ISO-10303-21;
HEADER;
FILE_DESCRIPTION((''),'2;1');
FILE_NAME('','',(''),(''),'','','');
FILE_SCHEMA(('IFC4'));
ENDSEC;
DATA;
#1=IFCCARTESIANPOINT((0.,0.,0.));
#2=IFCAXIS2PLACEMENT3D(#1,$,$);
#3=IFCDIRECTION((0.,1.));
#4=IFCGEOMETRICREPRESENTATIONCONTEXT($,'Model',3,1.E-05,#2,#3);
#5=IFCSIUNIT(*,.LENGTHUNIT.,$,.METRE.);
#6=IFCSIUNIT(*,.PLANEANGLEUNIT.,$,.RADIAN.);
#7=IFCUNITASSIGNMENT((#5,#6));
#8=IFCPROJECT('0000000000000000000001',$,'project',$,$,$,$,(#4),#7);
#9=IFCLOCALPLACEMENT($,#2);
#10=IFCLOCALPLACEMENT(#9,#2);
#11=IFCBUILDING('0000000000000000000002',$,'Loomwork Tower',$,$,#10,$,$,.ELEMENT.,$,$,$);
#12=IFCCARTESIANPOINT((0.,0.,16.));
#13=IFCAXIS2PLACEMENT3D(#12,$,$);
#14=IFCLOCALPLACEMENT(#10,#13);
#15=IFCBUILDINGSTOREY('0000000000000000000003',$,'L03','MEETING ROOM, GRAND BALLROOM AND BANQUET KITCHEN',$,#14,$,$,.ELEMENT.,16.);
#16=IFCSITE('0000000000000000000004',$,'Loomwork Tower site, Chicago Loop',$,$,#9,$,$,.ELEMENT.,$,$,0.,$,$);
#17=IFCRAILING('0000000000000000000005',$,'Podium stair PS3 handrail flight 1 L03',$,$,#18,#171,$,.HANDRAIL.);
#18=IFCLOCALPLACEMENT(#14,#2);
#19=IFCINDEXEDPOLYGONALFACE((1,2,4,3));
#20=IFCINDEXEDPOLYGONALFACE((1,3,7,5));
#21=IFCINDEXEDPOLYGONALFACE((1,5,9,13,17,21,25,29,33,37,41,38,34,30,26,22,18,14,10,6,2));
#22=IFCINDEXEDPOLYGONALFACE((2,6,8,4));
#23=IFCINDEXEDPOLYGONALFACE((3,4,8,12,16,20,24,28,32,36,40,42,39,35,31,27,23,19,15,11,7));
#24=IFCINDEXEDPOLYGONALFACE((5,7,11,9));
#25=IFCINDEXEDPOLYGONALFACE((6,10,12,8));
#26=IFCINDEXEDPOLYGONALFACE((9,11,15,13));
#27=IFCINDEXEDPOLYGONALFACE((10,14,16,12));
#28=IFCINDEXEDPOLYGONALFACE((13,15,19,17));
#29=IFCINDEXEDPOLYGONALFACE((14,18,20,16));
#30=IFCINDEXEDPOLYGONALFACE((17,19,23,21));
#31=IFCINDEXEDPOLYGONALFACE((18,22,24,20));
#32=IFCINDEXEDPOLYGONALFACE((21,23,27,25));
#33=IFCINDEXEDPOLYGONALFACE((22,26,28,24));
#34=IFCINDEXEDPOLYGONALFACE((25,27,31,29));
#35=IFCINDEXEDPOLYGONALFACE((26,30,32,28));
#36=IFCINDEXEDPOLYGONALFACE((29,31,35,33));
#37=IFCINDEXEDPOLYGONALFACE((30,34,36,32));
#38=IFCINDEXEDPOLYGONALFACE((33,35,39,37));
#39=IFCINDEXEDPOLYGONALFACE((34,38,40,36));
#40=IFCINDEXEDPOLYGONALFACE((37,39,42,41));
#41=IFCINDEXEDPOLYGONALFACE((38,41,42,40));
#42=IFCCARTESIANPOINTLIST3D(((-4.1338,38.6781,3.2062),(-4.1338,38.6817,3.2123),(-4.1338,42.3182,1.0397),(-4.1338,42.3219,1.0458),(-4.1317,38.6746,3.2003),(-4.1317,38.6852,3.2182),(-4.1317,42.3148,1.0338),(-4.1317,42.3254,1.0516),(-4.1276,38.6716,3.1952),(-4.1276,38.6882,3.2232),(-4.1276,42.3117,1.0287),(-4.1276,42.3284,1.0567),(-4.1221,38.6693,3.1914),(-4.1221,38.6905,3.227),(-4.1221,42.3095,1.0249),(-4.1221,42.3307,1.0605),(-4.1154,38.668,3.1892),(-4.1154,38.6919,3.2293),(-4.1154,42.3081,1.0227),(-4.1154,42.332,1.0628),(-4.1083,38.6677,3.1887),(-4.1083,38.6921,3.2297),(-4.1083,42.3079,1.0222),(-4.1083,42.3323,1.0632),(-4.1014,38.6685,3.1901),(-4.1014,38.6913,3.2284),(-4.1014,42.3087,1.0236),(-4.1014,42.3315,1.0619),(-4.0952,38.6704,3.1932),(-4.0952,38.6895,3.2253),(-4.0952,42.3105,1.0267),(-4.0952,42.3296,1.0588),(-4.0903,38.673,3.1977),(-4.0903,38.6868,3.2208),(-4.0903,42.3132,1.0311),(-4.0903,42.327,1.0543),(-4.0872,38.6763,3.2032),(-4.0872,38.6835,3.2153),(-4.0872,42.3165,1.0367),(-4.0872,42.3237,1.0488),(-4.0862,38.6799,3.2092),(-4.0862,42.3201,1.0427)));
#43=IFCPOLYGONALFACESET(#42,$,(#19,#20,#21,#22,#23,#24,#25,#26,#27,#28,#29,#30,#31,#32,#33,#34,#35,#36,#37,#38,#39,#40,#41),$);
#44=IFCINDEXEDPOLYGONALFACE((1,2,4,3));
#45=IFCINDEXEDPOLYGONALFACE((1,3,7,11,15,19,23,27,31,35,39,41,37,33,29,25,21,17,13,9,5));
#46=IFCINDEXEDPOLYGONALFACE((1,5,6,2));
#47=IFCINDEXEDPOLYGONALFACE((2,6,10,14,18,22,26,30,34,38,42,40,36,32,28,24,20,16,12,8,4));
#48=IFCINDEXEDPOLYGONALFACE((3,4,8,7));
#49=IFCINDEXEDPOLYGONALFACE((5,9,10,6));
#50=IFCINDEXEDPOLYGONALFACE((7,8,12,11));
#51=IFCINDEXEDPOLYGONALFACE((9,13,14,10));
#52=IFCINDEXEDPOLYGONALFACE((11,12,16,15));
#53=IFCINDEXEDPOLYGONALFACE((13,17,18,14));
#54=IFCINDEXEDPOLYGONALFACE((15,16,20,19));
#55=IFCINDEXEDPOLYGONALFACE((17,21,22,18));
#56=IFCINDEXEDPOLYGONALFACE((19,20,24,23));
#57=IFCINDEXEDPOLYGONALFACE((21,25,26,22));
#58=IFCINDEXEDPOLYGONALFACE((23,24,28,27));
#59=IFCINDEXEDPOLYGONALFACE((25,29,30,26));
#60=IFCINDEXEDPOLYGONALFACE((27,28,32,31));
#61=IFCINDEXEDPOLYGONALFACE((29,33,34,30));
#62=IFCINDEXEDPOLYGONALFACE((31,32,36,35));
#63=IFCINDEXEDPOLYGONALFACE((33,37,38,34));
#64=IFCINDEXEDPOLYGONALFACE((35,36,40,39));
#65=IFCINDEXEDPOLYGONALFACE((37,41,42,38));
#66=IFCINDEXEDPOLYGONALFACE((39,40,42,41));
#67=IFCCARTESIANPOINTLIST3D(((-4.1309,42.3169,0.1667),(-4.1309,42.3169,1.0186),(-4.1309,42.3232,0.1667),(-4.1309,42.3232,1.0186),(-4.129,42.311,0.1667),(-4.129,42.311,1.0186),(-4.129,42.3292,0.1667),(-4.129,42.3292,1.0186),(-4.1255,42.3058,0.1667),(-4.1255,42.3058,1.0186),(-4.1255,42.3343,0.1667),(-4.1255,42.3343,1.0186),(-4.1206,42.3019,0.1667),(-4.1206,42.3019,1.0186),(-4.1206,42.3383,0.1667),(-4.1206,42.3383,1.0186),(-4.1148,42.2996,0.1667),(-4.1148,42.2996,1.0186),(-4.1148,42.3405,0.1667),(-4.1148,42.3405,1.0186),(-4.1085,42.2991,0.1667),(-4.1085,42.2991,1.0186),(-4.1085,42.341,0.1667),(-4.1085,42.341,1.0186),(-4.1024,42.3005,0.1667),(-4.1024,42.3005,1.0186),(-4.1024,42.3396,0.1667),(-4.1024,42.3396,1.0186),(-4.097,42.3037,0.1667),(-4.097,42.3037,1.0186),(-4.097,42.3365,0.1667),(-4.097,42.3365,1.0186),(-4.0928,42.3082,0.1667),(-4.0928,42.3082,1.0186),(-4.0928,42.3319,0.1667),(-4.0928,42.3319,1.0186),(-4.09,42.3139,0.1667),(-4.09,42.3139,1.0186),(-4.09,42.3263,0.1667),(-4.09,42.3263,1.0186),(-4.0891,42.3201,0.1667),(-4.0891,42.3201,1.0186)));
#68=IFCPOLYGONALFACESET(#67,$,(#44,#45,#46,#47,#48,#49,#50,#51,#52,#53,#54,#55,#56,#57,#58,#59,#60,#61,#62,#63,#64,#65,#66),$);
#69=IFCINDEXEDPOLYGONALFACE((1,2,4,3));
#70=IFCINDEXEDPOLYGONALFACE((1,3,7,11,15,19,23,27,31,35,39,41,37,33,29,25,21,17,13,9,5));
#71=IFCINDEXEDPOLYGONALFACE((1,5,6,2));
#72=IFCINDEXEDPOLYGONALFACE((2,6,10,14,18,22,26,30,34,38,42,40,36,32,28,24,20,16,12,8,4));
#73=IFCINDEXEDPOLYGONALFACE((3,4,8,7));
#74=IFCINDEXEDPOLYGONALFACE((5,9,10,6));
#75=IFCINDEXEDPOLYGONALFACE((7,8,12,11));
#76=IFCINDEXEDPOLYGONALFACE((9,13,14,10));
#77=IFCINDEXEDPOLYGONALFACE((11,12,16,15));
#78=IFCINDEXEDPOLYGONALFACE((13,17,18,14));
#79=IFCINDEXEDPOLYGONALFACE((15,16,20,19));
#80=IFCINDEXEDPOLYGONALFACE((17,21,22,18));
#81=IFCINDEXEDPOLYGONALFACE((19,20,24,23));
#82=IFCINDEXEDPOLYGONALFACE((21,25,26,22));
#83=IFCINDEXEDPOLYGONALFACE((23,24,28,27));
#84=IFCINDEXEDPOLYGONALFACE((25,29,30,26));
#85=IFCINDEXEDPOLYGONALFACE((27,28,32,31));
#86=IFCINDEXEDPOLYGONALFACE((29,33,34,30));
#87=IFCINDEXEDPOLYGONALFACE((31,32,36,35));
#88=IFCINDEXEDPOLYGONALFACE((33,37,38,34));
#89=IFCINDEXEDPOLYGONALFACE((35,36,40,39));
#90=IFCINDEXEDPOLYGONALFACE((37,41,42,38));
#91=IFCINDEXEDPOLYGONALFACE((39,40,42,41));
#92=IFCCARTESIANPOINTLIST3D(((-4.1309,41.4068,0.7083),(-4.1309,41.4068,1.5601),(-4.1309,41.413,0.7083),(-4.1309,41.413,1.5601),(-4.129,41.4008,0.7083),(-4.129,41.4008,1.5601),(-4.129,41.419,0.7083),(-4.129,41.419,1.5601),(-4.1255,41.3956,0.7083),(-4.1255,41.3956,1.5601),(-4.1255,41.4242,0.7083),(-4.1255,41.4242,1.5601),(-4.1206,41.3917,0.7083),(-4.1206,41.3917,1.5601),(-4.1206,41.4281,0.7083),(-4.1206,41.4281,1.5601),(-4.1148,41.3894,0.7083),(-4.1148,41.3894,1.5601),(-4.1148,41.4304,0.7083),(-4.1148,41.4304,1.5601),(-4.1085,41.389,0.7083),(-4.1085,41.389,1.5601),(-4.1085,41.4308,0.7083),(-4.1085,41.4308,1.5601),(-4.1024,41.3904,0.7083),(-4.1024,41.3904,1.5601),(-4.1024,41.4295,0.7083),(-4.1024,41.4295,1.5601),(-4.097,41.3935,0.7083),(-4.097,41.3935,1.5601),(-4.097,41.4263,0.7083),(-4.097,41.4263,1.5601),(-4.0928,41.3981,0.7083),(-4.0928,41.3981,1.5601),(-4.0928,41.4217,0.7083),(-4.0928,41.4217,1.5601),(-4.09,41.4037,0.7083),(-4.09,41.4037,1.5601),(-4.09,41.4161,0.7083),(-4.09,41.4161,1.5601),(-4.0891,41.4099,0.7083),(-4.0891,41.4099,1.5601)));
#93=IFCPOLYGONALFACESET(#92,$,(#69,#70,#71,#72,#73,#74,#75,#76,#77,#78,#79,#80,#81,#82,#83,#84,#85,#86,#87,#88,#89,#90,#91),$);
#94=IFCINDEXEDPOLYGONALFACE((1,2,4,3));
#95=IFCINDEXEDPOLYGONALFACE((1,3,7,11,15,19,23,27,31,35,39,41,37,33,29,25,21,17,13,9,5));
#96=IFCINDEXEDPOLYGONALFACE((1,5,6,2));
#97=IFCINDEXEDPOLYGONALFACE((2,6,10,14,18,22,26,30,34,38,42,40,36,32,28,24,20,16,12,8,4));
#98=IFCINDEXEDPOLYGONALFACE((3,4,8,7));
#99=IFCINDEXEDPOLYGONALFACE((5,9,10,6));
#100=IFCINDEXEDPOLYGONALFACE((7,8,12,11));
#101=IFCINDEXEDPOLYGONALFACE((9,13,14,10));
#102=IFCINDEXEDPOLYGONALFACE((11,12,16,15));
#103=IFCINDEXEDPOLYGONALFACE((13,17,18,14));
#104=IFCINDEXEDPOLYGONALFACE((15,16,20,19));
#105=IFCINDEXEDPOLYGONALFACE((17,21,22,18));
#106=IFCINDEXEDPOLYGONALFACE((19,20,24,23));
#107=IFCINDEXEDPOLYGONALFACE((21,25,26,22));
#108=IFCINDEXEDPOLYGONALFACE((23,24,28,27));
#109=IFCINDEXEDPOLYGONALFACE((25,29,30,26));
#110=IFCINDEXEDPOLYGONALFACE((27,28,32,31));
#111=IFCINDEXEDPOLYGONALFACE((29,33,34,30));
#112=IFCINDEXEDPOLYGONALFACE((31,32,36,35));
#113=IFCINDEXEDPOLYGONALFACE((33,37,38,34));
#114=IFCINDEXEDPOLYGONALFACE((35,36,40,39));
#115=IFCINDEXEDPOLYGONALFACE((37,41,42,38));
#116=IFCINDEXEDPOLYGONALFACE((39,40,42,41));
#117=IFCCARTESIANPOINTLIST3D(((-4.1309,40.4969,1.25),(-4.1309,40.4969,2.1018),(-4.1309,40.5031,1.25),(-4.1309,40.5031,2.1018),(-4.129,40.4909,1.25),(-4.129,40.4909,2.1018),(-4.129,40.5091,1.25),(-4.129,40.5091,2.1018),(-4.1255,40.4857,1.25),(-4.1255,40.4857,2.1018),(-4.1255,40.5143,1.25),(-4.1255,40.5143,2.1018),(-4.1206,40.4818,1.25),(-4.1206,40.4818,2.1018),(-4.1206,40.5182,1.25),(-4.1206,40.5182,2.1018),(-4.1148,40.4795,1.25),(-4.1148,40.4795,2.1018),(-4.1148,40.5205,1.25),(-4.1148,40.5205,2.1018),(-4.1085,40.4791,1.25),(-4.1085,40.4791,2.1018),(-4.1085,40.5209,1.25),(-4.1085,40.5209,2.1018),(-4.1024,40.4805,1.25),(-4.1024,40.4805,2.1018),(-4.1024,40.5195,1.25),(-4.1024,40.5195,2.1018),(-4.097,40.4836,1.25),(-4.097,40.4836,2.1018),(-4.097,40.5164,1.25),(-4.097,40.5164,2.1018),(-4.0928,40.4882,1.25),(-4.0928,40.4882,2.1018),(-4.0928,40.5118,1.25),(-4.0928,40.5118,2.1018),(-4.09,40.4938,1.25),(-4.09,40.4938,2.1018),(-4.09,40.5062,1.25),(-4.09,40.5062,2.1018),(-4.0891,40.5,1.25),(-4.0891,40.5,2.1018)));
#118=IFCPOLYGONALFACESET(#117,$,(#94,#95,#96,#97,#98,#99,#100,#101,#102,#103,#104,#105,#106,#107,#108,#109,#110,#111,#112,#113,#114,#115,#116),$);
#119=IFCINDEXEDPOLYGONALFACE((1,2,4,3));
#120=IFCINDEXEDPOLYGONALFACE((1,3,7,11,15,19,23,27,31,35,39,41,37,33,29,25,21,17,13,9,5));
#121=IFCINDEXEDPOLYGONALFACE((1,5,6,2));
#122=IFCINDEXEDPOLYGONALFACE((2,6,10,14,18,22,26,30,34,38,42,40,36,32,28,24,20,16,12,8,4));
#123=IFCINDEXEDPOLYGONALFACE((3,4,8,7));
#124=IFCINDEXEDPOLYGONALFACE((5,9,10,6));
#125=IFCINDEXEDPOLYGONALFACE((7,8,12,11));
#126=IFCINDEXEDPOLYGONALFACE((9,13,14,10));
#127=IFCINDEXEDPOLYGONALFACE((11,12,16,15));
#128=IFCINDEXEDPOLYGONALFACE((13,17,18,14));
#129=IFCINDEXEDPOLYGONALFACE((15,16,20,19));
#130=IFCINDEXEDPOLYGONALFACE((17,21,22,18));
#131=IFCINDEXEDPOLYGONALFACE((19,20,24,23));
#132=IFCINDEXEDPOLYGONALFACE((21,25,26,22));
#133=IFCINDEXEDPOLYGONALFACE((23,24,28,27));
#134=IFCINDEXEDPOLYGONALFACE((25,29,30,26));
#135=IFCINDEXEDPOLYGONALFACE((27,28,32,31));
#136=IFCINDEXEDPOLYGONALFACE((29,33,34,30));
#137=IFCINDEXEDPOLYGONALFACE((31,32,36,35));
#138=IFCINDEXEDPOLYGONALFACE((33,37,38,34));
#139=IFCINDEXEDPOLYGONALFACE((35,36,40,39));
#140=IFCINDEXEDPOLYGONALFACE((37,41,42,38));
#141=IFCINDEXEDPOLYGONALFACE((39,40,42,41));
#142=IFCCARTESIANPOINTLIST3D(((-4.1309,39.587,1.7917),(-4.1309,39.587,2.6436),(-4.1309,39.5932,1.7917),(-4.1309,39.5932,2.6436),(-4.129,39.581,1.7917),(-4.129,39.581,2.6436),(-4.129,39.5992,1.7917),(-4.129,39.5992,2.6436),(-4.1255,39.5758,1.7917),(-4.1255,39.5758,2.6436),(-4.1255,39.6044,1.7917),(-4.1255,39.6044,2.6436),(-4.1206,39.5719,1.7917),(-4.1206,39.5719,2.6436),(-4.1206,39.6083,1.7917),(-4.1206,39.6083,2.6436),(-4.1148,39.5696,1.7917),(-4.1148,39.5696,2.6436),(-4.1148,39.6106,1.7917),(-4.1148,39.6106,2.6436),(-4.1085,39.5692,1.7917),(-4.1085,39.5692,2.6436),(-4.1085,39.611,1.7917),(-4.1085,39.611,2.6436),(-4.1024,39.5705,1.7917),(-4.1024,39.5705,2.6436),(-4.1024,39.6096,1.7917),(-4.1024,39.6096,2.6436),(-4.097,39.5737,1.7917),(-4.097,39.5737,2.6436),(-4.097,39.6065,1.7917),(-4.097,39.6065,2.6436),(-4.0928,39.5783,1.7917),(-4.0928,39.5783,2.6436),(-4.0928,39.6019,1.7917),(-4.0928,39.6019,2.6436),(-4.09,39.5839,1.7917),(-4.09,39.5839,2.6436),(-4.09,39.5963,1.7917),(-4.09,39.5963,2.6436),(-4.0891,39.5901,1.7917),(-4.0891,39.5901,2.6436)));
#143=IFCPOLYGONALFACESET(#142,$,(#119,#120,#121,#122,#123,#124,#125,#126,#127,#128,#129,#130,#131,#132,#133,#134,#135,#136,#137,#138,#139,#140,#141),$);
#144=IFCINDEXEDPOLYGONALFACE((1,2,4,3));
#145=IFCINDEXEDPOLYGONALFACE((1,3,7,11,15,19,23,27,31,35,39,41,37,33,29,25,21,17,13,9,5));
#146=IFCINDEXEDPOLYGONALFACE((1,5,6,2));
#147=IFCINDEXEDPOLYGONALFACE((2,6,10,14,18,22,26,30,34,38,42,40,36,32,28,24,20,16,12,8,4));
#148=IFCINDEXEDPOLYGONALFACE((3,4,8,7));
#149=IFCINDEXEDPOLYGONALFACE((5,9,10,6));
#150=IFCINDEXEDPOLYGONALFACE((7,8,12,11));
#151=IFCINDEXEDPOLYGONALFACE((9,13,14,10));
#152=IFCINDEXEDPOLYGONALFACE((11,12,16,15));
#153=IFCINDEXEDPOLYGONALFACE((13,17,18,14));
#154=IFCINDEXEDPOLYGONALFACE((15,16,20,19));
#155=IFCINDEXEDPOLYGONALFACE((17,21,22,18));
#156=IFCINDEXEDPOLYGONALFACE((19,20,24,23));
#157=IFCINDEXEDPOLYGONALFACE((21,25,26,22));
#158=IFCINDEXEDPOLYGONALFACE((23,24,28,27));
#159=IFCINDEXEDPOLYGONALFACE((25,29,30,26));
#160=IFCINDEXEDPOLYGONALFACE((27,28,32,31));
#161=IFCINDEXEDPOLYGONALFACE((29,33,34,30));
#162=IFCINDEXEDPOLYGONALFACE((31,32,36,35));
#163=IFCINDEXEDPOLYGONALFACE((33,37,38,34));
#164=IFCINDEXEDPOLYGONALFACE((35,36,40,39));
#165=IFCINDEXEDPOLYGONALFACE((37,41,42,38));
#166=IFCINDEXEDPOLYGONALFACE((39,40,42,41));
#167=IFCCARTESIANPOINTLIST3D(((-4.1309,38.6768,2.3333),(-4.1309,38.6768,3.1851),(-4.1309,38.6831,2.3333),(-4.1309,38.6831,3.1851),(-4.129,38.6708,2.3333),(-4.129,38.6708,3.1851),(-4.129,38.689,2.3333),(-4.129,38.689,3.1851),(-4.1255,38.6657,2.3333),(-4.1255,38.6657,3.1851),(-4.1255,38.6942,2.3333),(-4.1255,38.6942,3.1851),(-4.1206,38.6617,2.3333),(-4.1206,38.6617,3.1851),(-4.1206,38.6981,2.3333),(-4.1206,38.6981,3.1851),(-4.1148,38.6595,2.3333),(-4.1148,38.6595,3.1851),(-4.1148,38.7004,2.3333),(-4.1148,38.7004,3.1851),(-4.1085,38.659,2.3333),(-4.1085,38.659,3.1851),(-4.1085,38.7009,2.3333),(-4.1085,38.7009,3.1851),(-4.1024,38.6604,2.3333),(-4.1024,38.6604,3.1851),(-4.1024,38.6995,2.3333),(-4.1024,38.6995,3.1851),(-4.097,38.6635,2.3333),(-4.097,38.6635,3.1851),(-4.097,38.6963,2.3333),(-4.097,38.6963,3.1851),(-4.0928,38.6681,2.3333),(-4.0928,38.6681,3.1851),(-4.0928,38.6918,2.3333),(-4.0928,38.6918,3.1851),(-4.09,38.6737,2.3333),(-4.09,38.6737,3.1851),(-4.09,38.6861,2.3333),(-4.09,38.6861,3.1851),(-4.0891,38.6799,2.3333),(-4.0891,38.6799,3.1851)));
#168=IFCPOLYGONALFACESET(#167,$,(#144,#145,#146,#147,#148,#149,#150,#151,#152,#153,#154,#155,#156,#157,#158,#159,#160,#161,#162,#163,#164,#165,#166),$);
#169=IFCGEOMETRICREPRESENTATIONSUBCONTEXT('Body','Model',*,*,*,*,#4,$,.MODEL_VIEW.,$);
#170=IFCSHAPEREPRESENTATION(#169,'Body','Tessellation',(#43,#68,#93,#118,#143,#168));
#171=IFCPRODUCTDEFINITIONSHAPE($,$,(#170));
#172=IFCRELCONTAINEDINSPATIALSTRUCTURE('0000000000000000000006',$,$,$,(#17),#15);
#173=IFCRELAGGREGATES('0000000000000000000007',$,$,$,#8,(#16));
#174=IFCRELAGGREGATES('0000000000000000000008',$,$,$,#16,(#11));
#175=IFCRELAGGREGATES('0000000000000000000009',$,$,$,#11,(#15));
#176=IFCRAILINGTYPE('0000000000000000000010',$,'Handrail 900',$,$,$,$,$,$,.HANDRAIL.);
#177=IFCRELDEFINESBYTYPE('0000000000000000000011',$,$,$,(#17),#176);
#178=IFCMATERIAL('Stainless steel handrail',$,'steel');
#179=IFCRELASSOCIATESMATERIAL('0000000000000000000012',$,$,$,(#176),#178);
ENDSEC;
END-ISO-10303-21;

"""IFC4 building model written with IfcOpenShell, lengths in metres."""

from ifc_helpers import new_model, si_unit, direction, frame, origin, origin_2d, place, context, subcontext, project, spatial, circle, extrude, material, type_object, element, save


model = new_model("IFC4")

# Units and contexts
model_context = context("Model", 3, precision=1e-05, world=origin(), true_north=direction((0.0, 1.0)))
body_context = subcontext(model_context, "Body", "Model", "MODEL_VIEW")
ifc_project = project(units=[si_unit("LENGTHUNIT", "METRE"), si_unit("PLANEANGLEUNIT", "RADIAN")], contexts=[model_context])

# Site, building, storey
site_placement = place(None, origin())
site = spatial("IfcSite", under=ifc_project, at=site_placement, Name="Loomwork Tower site, Chicago Loop", CompositionType="ELEMENT", RefElevation=0.0)
building_placement = place(site_placement, origin())
building = spatial("IfcBuilding", under=site, at=building_placement, Name="Loomwork Tower", CompositionType="ELEMENT")
storey_placement = place(building_placement, frame((0.0, 0.0, 16.0)))
storey = spatial("IfcBuildingStorey", under=building, at=storey_placement, Name="L03", Description="MEETING ROOM, GRAND BALLROOM AND BANQUET KITCHEN", CompositionType="ELEMENT", Elevation=16.0)

# Railing
ifc_material_1 = material(Name="Stainless steel handrail", Category="steel")
railing_type = type_object("IfcRailingType", Name="Handrail 900", PredefinedType="HANDRAIL", material=ifc_material_1)
railing_1_placement = place(storey_placement, frame((-4.1101, 42.3201, 0.1667)))
element("IfcRailing", 1, at=railing_1_placement, inside=storey, type_object=railing_type, Name="Podium stair PS3 handrail flight 1 L03", PredefinedType="HANDRAIL", context=body_context, shape_type="SweptSolid", body=[
    extrude(circle(Radius=0.0239, at=origin_2d()), frame((0.0, 0.0, 0.876), z_axis=(0.0, -0.859318, 0.511441), x_axis=(1.0, 0.0, 0.0)), (0.0, 0.0, 1.0), 4.2361),
    extrude(circle(Radius=0.021, at=origin_2d()), origin(), (0.0, 0.0, 1.0), 0.8518),
    extrude(circle(Radius=0.021, at=origin_2d()), frame((0.0, -0.9102, 0.5415)), (0.0, 0.0, 1.0), 0.8518),
    extrude(circle(Radius=0.021, at=origin_2d()), frame((0.0, -1.8201, 1.0833)), (0.0, 0.0, 1.0), 0.8518),
    extrude(circle(Radius=0.021, at=origin_2d()), frame((0.0, -2.73, 1.625)), (0.0, 0.0, 1.0), 0.8518),
    extrude(circle(Radius=0.021, at=origin_2d()), frame((0.0, -3.6401, 2.1665)), (0.0, 0.0, 1.0), 0.8518),
])

save(model, "model.ifc")
